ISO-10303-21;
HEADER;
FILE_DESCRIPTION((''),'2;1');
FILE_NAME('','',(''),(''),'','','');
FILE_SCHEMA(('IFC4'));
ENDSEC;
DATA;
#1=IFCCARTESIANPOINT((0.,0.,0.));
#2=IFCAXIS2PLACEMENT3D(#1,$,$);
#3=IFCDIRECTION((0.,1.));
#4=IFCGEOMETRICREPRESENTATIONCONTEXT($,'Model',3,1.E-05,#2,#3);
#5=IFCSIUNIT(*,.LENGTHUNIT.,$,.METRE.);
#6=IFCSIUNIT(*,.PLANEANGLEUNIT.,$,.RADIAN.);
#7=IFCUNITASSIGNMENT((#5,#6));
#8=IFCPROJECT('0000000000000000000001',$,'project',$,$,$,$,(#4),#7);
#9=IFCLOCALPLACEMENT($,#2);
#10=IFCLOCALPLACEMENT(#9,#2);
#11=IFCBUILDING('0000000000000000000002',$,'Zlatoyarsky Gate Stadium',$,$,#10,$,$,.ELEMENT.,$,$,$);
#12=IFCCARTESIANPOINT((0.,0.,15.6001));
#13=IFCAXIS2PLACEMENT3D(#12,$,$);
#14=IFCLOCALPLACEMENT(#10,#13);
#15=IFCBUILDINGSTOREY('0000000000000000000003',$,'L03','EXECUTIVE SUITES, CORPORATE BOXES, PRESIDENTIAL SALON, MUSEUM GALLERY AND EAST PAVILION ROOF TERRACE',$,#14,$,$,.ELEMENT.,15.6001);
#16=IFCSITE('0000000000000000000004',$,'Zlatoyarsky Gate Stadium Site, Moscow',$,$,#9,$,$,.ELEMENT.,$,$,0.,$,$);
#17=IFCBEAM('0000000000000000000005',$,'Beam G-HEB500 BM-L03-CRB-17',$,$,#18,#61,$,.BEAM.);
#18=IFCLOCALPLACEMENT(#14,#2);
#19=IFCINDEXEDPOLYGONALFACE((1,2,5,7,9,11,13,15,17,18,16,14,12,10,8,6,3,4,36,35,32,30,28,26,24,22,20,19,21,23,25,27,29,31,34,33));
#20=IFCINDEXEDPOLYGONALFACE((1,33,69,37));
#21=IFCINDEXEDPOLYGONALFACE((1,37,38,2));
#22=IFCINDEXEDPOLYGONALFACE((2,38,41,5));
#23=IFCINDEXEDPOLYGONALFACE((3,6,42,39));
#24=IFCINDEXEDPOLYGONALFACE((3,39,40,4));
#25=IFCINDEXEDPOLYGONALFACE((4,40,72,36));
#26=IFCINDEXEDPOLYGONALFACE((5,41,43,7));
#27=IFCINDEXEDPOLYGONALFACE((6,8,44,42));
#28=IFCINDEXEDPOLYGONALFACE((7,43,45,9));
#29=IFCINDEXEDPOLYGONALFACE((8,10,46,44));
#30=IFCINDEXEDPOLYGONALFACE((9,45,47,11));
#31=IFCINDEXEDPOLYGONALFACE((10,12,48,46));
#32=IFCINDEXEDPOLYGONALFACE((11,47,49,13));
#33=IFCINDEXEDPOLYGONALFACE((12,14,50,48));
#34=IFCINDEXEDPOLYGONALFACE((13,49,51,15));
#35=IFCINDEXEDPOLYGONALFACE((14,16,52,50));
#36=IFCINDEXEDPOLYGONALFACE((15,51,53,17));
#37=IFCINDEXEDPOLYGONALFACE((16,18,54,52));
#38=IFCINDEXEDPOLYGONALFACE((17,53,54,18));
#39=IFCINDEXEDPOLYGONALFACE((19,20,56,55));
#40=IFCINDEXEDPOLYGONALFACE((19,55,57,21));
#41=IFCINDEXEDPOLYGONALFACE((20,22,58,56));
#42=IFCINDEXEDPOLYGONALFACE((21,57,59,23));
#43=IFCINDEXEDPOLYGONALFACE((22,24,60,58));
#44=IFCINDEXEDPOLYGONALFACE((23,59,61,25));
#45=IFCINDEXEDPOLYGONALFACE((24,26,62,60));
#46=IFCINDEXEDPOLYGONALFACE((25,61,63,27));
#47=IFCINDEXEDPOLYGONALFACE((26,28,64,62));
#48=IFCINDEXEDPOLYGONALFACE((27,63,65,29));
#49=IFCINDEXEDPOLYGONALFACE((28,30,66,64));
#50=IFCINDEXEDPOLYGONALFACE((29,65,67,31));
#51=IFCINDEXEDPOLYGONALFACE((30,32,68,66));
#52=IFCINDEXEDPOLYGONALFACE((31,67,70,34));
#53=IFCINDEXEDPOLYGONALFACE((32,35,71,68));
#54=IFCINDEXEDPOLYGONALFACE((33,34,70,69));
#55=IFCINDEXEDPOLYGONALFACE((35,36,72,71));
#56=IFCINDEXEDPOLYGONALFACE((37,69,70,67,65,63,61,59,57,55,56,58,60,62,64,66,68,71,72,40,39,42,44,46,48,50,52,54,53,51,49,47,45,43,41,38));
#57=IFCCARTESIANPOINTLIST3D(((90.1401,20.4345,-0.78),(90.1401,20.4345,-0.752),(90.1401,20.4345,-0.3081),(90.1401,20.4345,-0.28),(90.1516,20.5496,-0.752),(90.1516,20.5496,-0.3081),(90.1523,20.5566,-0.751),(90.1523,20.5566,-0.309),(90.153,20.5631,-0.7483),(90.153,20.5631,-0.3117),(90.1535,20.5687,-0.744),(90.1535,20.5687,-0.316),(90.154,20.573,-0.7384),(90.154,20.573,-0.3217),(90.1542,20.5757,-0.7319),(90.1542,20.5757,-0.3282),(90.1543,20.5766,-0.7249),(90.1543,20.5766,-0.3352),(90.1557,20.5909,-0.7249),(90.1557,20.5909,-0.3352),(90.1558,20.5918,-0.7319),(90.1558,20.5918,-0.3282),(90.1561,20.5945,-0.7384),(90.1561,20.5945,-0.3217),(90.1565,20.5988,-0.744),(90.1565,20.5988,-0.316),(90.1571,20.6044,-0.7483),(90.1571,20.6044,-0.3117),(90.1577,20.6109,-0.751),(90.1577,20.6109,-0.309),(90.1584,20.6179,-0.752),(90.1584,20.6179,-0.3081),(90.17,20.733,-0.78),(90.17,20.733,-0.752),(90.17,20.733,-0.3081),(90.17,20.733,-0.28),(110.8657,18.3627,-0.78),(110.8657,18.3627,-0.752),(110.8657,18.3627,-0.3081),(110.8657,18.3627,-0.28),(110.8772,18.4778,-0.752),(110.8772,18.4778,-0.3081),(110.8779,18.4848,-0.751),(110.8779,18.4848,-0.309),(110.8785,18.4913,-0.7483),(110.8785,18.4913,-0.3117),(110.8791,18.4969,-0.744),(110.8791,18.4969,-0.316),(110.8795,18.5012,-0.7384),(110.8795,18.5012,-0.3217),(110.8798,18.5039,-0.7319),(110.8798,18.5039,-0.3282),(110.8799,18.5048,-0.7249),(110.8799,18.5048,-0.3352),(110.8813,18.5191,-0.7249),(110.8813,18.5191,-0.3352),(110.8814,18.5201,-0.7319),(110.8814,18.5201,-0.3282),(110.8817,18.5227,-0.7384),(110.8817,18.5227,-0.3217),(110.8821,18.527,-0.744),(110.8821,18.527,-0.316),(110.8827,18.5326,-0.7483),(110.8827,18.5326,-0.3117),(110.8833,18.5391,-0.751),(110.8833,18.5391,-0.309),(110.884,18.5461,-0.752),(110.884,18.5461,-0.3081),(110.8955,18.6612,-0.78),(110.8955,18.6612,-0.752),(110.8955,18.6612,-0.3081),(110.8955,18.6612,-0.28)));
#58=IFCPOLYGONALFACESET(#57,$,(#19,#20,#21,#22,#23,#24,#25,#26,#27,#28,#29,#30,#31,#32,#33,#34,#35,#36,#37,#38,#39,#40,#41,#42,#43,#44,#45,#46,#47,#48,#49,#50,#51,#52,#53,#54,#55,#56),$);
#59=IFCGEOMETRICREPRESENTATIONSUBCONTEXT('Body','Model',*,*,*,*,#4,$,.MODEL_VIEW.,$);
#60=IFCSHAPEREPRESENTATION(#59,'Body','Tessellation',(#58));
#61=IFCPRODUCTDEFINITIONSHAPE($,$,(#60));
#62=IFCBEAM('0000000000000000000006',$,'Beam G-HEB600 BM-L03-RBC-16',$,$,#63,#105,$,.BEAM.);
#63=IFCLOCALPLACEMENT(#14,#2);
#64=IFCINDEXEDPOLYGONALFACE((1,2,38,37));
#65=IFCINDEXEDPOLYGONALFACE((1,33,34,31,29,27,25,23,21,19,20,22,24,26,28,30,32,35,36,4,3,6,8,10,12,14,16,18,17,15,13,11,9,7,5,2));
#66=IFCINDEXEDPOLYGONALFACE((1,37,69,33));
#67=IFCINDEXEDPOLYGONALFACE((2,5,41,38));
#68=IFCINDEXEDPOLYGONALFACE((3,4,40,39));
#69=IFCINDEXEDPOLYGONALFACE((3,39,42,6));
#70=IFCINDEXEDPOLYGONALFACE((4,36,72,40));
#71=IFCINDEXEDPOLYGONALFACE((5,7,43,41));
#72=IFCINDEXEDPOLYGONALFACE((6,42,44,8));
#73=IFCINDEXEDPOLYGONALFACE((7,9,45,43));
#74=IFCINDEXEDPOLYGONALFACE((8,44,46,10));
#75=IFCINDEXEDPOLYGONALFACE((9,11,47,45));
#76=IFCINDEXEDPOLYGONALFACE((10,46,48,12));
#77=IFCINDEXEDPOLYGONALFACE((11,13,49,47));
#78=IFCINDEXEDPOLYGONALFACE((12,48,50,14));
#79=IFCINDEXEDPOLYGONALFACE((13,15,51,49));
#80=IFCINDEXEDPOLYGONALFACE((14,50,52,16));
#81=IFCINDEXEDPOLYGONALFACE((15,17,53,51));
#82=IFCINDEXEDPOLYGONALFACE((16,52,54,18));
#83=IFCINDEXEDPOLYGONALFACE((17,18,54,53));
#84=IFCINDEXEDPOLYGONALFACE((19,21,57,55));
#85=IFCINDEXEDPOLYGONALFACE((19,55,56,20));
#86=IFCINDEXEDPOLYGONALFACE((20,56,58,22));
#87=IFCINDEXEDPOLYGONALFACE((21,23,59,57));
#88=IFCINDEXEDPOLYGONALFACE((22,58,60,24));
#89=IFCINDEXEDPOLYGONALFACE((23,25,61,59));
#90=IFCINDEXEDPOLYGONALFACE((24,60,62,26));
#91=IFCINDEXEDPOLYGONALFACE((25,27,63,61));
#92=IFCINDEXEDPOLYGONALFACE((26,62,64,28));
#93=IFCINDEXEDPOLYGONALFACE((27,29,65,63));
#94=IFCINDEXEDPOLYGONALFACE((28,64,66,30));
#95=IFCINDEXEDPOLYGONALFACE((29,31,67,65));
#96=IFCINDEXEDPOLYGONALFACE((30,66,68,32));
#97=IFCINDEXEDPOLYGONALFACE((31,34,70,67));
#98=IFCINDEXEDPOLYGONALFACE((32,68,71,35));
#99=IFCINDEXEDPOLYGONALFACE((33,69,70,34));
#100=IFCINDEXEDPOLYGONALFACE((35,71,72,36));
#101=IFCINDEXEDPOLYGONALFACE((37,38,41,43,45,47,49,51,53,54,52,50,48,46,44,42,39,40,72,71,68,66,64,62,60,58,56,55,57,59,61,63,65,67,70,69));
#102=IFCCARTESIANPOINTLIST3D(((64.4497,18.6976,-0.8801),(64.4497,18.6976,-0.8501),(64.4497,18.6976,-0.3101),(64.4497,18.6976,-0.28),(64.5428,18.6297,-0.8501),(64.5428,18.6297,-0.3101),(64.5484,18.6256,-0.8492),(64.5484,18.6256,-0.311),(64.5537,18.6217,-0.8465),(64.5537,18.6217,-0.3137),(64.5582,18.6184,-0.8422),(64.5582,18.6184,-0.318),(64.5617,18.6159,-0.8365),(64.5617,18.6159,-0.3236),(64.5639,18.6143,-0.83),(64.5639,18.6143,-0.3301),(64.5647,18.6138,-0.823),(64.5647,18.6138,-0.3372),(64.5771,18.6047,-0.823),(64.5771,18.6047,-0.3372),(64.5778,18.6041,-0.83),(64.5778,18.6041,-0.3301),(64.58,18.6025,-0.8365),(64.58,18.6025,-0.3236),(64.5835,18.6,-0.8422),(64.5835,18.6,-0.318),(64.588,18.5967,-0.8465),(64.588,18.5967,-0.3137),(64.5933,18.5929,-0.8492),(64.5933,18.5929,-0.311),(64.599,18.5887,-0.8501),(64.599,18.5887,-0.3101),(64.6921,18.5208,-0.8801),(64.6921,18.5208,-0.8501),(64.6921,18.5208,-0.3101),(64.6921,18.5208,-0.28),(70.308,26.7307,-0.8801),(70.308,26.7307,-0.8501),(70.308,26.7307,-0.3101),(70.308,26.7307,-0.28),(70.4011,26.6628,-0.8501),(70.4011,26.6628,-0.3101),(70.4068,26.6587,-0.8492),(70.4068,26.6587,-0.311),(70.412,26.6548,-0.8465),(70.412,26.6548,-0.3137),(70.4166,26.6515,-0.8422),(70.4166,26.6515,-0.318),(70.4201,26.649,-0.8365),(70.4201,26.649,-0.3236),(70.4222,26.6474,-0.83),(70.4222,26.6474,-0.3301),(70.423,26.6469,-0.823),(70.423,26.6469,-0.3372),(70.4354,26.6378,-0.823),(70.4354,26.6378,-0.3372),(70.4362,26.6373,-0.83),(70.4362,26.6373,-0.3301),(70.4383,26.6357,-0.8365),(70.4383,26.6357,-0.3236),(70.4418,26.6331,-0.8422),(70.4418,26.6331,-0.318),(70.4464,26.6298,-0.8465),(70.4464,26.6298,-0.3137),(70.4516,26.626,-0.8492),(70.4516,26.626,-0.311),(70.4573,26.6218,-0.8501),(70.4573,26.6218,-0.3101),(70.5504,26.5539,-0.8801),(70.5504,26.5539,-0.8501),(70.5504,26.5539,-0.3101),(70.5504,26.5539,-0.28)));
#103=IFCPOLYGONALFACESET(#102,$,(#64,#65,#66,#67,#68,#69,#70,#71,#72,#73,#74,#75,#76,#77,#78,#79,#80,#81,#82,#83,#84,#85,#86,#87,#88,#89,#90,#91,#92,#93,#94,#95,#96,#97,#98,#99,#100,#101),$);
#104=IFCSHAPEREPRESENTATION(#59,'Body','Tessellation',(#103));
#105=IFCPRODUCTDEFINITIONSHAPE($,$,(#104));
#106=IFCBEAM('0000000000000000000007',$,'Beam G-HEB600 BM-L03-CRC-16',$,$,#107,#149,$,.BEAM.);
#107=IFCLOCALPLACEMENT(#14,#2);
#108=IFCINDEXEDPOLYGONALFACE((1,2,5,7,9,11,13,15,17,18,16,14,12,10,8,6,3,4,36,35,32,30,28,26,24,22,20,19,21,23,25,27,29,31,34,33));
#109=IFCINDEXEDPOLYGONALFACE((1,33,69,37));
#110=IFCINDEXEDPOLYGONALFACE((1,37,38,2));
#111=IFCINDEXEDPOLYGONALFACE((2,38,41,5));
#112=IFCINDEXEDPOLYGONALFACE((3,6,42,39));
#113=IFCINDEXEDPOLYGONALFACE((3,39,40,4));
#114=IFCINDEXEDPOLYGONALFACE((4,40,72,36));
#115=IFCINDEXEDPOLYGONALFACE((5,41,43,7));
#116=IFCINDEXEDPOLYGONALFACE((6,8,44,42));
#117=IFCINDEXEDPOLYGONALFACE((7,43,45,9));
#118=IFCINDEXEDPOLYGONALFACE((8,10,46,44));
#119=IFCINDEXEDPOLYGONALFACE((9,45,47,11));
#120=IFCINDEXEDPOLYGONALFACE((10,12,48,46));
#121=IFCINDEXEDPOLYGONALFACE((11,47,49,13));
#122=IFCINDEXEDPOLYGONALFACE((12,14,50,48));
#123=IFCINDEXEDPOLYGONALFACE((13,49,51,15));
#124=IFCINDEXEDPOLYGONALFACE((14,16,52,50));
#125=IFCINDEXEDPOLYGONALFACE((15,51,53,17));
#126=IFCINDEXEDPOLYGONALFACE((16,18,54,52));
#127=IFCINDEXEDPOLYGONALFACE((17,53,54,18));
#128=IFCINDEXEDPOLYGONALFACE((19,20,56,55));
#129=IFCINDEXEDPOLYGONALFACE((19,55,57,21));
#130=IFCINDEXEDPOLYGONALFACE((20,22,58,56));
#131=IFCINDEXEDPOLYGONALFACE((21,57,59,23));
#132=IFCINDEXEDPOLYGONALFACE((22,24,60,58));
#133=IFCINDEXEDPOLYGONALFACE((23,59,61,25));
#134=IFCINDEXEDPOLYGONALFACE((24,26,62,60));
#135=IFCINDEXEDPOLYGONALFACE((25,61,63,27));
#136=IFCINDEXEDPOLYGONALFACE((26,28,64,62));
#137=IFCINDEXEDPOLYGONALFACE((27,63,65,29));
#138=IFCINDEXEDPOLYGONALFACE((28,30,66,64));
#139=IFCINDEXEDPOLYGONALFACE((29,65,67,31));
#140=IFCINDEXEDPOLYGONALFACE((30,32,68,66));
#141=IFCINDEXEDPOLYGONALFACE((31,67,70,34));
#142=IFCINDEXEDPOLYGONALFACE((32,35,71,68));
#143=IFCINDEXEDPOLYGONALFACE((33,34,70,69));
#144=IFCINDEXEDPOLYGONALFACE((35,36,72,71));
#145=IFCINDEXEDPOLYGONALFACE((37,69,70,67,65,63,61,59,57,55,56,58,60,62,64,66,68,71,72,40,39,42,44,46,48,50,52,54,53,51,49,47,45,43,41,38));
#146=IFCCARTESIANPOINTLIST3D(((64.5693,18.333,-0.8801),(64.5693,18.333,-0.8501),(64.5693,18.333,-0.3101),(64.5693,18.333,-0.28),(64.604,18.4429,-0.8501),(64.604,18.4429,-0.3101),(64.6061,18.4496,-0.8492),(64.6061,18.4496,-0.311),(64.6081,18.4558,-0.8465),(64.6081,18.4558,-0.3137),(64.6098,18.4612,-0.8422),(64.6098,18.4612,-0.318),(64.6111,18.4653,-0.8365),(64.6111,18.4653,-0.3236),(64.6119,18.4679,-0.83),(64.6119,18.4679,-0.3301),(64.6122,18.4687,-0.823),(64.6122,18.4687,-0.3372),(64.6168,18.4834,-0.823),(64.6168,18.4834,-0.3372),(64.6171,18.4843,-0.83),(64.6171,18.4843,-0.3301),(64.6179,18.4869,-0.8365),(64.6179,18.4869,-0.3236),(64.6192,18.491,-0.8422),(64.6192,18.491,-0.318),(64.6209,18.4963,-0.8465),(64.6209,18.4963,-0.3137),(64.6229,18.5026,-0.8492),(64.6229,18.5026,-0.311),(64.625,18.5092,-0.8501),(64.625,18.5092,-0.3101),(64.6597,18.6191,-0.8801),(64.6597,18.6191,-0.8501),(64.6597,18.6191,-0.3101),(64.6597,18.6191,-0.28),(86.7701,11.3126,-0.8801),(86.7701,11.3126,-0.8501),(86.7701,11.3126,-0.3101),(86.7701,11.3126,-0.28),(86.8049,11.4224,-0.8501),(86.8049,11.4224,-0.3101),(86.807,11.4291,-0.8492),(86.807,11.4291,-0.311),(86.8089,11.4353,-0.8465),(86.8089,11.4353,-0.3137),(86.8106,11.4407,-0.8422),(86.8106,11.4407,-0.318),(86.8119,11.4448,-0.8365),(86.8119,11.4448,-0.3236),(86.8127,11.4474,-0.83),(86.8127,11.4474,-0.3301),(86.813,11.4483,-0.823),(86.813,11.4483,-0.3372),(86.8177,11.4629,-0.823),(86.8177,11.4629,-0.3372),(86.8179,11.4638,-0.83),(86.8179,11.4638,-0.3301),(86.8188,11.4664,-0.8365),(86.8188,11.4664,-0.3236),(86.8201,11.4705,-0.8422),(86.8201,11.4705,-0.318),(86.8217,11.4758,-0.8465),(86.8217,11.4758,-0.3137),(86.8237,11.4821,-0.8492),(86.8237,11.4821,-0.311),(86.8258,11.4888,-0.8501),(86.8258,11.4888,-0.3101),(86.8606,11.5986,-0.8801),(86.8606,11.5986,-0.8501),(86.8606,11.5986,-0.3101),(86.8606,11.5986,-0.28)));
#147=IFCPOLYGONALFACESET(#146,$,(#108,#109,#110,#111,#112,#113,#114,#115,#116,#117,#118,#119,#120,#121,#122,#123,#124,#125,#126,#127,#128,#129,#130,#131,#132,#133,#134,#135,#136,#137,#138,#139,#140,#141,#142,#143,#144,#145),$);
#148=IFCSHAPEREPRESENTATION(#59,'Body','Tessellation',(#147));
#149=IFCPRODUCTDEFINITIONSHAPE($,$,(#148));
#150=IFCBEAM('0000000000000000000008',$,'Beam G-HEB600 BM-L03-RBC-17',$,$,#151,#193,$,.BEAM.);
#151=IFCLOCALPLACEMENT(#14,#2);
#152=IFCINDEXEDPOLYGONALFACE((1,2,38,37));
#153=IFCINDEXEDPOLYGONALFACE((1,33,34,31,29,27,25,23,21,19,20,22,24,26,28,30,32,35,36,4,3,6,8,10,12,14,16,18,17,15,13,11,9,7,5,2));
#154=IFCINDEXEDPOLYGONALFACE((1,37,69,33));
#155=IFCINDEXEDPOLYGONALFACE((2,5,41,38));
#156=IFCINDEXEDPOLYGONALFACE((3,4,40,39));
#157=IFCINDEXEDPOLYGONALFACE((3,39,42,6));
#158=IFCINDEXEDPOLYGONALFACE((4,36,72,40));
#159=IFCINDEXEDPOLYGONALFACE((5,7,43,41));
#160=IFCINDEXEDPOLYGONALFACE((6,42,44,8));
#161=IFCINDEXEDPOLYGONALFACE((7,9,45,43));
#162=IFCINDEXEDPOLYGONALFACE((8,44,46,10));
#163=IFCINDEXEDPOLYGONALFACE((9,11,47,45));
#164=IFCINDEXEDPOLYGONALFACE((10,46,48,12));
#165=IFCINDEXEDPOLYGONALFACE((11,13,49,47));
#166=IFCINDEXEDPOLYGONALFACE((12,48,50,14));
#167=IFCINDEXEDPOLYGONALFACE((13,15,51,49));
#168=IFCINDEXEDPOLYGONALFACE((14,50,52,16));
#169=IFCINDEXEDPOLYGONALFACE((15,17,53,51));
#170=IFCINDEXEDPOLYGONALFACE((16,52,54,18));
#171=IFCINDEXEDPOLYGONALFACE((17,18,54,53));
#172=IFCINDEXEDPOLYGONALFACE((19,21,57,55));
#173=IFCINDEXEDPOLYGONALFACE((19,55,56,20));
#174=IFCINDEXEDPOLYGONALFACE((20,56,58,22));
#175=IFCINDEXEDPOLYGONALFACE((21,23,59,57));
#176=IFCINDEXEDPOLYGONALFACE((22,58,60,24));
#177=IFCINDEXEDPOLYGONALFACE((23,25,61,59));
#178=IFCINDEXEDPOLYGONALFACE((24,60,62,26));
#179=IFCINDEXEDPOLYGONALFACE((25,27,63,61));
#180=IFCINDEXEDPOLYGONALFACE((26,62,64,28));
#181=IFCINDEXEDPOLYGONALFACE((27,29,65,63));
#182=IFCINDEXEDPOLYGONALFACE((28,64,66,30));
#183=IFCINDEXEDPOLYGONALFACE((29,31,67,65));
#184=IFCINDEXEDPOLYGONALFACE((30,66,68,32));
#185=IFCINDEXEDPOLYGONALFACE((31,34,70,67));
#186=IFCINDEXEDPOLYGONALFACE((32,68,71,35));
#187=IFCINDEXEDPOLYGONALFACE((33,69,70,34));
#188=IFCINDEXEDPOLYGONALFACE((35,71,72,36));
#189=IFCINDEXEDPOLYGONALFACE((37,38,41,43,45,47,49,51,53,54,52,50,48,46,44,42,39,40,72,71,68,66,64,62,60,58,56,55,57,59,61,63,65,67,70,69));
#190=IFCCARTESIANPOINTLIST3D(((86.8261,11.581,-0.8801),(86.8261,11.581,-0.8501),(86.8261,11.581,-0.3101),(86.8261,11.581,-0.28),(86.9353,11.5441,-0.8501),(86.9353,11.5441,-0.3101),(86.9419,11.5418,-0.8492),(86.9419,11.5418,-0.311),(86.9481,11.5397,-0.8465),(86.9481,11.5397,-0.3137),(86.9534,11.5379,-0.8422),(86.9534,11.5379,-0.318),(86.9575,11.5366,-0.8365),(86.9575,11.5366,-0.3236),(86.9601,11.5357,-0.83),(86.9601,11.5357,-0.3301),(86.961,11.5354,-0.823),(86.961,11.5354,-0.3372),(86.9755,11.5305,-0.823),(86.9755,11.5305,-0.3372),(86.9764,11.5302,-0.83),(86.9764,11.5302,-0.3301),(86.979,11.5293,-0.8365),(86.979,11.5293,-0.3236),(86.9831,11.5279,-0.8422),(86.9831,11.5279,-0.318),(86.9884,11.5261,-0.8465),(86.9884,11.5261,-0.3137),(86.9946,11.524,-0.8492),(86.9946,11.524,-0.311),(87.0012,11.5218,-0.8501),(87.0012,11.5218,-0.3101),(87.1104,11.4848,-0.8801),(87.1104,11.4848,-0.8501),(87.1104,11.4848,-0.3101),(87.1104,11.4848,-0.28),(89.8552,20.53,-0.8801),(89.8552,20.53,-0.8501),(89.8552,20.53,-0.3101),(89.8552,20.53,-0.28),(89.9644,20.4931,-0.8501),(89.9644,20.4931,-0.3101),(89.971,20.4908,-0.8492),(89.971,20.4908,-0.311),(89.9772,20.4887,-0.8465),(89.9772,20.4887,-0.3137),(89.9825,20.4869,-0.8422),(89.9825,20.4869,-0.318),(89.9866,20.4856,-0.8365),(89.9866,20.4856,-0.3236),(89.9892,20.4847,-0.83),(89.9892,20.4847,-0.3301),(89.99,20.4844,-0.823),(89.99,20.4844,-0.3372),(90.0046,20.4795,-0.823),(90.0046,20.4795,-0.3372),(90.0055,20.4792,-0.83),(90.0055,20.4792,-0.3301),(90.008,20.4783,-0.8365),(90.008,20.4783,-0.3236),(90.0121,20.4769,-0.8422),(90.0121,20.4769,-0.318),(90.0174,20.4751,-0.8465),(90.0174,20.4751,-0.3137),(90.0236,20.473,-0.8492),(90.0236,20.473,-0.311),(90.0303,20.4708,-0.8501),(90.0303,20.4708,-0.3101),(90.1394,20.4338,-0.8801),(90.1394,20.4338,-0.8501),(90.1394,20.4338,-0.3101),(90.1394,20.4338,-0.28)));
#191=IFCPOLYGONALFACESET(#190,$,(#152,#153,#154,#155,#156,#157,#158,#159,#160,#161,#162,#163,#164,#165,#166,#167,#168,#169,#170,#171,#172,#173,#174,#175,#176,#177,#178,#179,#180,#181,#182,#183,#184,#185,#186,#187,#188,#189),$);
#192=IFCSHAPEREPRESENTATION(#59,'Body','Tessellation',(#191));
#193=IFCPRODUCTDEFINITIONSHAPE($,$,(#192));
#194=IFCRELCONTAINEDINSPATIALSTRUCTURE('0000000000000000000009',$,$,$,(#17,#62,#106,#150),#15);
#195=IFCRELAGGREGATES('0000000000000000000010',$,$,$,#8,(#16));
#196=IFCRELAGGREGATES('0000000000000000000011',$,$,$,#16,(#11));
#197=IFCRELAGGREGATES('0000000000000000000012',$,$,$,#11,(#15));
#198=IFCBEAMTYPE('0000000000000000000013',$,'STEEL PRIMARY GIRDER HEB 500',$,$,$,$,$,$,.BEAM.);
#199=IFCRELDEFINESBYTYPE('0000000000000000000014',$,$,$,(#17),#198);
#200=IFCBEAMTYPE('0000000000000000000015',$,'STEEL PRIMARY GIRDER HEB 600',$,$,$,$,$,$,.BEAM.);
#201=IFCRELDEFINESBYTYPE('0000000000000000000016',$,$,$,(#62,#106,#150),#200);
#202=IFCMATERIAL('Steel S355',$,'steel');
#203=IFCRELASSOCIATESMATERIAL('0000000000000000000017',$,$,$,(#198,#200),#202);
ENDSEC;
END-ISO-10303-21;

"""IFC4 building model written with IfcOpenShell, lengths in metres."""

from ifc_helpers import new_model, si_unit, direction, frame, origin, origin_2d, place, context, subcontext, project, spatial, i_section, extrude, material, material_profile, profile_set, type_object, element, save


model = new_model("IFC4")

# Units and contexts
model_context = context("Model", 3, precision=1e-05, world=origin(), true_north=direction((0.0, 1.0)))
body_context = subcontext(model_context, "Body", "Model", "MODEL_VIEW")
ifc_project = project(units=[si_unit("LENGTHUNIT", "METRE"), si_unit("PLANEANGLEUNIT", "RADIAN")], contexts=[model_context])

# Site, building, storey
site_placement = place(None, origin())
site = spatial("IfcSite", under=ifc_project, at=site_placement, Name="Zlatoyarsky Gate Stadium Site, Moscow", CompositionType="ELEMENT", RefElevation=0.0)
building_placement = place(site_placement, origin())
building = spatial("IfcBuilding", under=site, at=building_placement, Name="Zlatoyarsky Gate Stadium", CompositionType="ELEMENT")
storey_placement = place(building_placement, frame((0.0, 0.0, 15.6001)))
storey = spatial("IfcBuildingStorey", under=building, at=storey_placement, Name="L03", Description="EXECUTIVE SUITES, CORPORATE BOXES, PRESIDENTIAL SALON, MUSEUM GALLERY AND EAST PAVILION ROOF TERRACE", CompositionType="ELEMENT", Elevation=15.6001)

# Shared definitions
ifc_material_1 = material(Name="Steel S355", Category="steel")

# Beams
ifc_material_profile_1 = material_profile(ifc_material_1, i_section(OverallWidth=0.3, OverallDepth=0.5, WebThickness=0.0144, FlangeThickness=0.0281, FilletRadius=0.0271, at=origin_2d()), Name="HEB 500")
ifc_profile_set_1 = profile_set([ifc_material_profile_1], Name="Steel S355")
beam_type_1 = type_object("IfcBeamType", Name="STEEL PRIMARY GIRDER HEB 500", PredefinedType="BEAM", material=ifc_profile_set_1)
beam_1_placement = place(storey_placement, frame((90.155, 20.5837, -0.53), z_axis=(0.995041, -0.099467, 0.0), x_axis=(0.099467, 0.995041, 0.0)))
element("IfcBeam", 1, at=beam_1_placement, inside=storey, type_object=beam_type_1, Name="Beam G-HEB500 BM-L03-CRB-17", PredefinedType="BEAM", context=body_context, shape_type="SweptSolid", body=[
    extrude(i_section(OverallWidth=0.3, OverallDepth=0.5, WebThickness=0.0144, FlangeThickness=0.0281, FilletRadius=0.0271, at=origin_2d()), origin(), (0.0, 0.0, 1.0), 20.8289),
])
ifc_material_profile_2 = material_profile(ifc_material_1, i_section(OverallWidth=0.3, OverallDepth=0.6001, WebThickness=0.0154, FlangeThickness=0.03, FilletRadius=0.0271, at=origin_2d()), Name="HEB 600")
ifc_profile_set_2 = profile_set([ifc_material_profile_2], Name="Steel S355")
beam_type_2 = type_object("IfcBeamType", Name="STEEL PRIMARY GIRDER HEB 600", PredefinedType="BEAM", material=ifc_profile_set_2)
beam_2_placement = place(storey_placement, frame((70.4292, 26.6423, -0.5801), z_axis=(-0.589228, -0.807967, 0.0), x_axis=(0.807967, -0.589228, 0.0)))
element("IfcBeam", 2, at=beam_2_placement, inside=storey, type_object=beam_type_2, Name="Beam G-HEB600 BM-L03-RBC-16", PredefinedType="BEAM", context=body_context, shape_type="SweptSolid", body=[
    extrude(i_section(OverallWidth=0.3, OverallDepth=0.6001, WebThickness=0.0154, FlangeThickness=0.03, FilletRadius=0.0271, at=origin_2d()), origin(), (0.0, 0.0, 1.0), 9.9424),
])
beam_3_placement = place(storey_placement, frame((64.6145, 18.4761, -0.5801), z_axis=(0.953463, -0.30151, 0.0), x_axis=(0.30151, 0.953463, 0.0)))
element("IfcBeam", 3, at=beam_3_placement, inside=storey, type_object=beam_type_2, Name="Beam G-HEB600 BM-L03-CRC-16", PredefinedType="BEAM", context=body_context, shape_type="SweptSolid", body=[
    extrude(i_section(OverallWidth=0.3, OverallDepth=0.6001, WebThickness=0.0154, FlangeThickness=0.03, FilletRadius=0.0271, at=origin_2d()), origin(), (0.0, 0.0, 1.0), 23.2844),
])
beam_4_placement = place(storey_placement, frame((89.9973, 20.4819, -0.5801), z_axis=(-0.320612, -0.947211, 0.0), x_axis=(0.947211, -0.320612, 0.0)))
element("IfcBeam", 4, at=beam_4_placement, inside=storey, type_object=beam_type_2, Name="Beam G-HEB600 BM-L03-RBC-17", PredefinedType="BEAM", context=body_context, shape_type="SweptSolid", body=[
    extrude(i_section(OverallWidth=0.3, OverallDepth=0.6001, WebThickness=0.0154, FlangeThickness=0.03, FilletRadius=0.0271, at=origin_2d()), origin(), (0.0, 0.0, 1.0), 9.4478),
])

save(model, "model.ifc")
